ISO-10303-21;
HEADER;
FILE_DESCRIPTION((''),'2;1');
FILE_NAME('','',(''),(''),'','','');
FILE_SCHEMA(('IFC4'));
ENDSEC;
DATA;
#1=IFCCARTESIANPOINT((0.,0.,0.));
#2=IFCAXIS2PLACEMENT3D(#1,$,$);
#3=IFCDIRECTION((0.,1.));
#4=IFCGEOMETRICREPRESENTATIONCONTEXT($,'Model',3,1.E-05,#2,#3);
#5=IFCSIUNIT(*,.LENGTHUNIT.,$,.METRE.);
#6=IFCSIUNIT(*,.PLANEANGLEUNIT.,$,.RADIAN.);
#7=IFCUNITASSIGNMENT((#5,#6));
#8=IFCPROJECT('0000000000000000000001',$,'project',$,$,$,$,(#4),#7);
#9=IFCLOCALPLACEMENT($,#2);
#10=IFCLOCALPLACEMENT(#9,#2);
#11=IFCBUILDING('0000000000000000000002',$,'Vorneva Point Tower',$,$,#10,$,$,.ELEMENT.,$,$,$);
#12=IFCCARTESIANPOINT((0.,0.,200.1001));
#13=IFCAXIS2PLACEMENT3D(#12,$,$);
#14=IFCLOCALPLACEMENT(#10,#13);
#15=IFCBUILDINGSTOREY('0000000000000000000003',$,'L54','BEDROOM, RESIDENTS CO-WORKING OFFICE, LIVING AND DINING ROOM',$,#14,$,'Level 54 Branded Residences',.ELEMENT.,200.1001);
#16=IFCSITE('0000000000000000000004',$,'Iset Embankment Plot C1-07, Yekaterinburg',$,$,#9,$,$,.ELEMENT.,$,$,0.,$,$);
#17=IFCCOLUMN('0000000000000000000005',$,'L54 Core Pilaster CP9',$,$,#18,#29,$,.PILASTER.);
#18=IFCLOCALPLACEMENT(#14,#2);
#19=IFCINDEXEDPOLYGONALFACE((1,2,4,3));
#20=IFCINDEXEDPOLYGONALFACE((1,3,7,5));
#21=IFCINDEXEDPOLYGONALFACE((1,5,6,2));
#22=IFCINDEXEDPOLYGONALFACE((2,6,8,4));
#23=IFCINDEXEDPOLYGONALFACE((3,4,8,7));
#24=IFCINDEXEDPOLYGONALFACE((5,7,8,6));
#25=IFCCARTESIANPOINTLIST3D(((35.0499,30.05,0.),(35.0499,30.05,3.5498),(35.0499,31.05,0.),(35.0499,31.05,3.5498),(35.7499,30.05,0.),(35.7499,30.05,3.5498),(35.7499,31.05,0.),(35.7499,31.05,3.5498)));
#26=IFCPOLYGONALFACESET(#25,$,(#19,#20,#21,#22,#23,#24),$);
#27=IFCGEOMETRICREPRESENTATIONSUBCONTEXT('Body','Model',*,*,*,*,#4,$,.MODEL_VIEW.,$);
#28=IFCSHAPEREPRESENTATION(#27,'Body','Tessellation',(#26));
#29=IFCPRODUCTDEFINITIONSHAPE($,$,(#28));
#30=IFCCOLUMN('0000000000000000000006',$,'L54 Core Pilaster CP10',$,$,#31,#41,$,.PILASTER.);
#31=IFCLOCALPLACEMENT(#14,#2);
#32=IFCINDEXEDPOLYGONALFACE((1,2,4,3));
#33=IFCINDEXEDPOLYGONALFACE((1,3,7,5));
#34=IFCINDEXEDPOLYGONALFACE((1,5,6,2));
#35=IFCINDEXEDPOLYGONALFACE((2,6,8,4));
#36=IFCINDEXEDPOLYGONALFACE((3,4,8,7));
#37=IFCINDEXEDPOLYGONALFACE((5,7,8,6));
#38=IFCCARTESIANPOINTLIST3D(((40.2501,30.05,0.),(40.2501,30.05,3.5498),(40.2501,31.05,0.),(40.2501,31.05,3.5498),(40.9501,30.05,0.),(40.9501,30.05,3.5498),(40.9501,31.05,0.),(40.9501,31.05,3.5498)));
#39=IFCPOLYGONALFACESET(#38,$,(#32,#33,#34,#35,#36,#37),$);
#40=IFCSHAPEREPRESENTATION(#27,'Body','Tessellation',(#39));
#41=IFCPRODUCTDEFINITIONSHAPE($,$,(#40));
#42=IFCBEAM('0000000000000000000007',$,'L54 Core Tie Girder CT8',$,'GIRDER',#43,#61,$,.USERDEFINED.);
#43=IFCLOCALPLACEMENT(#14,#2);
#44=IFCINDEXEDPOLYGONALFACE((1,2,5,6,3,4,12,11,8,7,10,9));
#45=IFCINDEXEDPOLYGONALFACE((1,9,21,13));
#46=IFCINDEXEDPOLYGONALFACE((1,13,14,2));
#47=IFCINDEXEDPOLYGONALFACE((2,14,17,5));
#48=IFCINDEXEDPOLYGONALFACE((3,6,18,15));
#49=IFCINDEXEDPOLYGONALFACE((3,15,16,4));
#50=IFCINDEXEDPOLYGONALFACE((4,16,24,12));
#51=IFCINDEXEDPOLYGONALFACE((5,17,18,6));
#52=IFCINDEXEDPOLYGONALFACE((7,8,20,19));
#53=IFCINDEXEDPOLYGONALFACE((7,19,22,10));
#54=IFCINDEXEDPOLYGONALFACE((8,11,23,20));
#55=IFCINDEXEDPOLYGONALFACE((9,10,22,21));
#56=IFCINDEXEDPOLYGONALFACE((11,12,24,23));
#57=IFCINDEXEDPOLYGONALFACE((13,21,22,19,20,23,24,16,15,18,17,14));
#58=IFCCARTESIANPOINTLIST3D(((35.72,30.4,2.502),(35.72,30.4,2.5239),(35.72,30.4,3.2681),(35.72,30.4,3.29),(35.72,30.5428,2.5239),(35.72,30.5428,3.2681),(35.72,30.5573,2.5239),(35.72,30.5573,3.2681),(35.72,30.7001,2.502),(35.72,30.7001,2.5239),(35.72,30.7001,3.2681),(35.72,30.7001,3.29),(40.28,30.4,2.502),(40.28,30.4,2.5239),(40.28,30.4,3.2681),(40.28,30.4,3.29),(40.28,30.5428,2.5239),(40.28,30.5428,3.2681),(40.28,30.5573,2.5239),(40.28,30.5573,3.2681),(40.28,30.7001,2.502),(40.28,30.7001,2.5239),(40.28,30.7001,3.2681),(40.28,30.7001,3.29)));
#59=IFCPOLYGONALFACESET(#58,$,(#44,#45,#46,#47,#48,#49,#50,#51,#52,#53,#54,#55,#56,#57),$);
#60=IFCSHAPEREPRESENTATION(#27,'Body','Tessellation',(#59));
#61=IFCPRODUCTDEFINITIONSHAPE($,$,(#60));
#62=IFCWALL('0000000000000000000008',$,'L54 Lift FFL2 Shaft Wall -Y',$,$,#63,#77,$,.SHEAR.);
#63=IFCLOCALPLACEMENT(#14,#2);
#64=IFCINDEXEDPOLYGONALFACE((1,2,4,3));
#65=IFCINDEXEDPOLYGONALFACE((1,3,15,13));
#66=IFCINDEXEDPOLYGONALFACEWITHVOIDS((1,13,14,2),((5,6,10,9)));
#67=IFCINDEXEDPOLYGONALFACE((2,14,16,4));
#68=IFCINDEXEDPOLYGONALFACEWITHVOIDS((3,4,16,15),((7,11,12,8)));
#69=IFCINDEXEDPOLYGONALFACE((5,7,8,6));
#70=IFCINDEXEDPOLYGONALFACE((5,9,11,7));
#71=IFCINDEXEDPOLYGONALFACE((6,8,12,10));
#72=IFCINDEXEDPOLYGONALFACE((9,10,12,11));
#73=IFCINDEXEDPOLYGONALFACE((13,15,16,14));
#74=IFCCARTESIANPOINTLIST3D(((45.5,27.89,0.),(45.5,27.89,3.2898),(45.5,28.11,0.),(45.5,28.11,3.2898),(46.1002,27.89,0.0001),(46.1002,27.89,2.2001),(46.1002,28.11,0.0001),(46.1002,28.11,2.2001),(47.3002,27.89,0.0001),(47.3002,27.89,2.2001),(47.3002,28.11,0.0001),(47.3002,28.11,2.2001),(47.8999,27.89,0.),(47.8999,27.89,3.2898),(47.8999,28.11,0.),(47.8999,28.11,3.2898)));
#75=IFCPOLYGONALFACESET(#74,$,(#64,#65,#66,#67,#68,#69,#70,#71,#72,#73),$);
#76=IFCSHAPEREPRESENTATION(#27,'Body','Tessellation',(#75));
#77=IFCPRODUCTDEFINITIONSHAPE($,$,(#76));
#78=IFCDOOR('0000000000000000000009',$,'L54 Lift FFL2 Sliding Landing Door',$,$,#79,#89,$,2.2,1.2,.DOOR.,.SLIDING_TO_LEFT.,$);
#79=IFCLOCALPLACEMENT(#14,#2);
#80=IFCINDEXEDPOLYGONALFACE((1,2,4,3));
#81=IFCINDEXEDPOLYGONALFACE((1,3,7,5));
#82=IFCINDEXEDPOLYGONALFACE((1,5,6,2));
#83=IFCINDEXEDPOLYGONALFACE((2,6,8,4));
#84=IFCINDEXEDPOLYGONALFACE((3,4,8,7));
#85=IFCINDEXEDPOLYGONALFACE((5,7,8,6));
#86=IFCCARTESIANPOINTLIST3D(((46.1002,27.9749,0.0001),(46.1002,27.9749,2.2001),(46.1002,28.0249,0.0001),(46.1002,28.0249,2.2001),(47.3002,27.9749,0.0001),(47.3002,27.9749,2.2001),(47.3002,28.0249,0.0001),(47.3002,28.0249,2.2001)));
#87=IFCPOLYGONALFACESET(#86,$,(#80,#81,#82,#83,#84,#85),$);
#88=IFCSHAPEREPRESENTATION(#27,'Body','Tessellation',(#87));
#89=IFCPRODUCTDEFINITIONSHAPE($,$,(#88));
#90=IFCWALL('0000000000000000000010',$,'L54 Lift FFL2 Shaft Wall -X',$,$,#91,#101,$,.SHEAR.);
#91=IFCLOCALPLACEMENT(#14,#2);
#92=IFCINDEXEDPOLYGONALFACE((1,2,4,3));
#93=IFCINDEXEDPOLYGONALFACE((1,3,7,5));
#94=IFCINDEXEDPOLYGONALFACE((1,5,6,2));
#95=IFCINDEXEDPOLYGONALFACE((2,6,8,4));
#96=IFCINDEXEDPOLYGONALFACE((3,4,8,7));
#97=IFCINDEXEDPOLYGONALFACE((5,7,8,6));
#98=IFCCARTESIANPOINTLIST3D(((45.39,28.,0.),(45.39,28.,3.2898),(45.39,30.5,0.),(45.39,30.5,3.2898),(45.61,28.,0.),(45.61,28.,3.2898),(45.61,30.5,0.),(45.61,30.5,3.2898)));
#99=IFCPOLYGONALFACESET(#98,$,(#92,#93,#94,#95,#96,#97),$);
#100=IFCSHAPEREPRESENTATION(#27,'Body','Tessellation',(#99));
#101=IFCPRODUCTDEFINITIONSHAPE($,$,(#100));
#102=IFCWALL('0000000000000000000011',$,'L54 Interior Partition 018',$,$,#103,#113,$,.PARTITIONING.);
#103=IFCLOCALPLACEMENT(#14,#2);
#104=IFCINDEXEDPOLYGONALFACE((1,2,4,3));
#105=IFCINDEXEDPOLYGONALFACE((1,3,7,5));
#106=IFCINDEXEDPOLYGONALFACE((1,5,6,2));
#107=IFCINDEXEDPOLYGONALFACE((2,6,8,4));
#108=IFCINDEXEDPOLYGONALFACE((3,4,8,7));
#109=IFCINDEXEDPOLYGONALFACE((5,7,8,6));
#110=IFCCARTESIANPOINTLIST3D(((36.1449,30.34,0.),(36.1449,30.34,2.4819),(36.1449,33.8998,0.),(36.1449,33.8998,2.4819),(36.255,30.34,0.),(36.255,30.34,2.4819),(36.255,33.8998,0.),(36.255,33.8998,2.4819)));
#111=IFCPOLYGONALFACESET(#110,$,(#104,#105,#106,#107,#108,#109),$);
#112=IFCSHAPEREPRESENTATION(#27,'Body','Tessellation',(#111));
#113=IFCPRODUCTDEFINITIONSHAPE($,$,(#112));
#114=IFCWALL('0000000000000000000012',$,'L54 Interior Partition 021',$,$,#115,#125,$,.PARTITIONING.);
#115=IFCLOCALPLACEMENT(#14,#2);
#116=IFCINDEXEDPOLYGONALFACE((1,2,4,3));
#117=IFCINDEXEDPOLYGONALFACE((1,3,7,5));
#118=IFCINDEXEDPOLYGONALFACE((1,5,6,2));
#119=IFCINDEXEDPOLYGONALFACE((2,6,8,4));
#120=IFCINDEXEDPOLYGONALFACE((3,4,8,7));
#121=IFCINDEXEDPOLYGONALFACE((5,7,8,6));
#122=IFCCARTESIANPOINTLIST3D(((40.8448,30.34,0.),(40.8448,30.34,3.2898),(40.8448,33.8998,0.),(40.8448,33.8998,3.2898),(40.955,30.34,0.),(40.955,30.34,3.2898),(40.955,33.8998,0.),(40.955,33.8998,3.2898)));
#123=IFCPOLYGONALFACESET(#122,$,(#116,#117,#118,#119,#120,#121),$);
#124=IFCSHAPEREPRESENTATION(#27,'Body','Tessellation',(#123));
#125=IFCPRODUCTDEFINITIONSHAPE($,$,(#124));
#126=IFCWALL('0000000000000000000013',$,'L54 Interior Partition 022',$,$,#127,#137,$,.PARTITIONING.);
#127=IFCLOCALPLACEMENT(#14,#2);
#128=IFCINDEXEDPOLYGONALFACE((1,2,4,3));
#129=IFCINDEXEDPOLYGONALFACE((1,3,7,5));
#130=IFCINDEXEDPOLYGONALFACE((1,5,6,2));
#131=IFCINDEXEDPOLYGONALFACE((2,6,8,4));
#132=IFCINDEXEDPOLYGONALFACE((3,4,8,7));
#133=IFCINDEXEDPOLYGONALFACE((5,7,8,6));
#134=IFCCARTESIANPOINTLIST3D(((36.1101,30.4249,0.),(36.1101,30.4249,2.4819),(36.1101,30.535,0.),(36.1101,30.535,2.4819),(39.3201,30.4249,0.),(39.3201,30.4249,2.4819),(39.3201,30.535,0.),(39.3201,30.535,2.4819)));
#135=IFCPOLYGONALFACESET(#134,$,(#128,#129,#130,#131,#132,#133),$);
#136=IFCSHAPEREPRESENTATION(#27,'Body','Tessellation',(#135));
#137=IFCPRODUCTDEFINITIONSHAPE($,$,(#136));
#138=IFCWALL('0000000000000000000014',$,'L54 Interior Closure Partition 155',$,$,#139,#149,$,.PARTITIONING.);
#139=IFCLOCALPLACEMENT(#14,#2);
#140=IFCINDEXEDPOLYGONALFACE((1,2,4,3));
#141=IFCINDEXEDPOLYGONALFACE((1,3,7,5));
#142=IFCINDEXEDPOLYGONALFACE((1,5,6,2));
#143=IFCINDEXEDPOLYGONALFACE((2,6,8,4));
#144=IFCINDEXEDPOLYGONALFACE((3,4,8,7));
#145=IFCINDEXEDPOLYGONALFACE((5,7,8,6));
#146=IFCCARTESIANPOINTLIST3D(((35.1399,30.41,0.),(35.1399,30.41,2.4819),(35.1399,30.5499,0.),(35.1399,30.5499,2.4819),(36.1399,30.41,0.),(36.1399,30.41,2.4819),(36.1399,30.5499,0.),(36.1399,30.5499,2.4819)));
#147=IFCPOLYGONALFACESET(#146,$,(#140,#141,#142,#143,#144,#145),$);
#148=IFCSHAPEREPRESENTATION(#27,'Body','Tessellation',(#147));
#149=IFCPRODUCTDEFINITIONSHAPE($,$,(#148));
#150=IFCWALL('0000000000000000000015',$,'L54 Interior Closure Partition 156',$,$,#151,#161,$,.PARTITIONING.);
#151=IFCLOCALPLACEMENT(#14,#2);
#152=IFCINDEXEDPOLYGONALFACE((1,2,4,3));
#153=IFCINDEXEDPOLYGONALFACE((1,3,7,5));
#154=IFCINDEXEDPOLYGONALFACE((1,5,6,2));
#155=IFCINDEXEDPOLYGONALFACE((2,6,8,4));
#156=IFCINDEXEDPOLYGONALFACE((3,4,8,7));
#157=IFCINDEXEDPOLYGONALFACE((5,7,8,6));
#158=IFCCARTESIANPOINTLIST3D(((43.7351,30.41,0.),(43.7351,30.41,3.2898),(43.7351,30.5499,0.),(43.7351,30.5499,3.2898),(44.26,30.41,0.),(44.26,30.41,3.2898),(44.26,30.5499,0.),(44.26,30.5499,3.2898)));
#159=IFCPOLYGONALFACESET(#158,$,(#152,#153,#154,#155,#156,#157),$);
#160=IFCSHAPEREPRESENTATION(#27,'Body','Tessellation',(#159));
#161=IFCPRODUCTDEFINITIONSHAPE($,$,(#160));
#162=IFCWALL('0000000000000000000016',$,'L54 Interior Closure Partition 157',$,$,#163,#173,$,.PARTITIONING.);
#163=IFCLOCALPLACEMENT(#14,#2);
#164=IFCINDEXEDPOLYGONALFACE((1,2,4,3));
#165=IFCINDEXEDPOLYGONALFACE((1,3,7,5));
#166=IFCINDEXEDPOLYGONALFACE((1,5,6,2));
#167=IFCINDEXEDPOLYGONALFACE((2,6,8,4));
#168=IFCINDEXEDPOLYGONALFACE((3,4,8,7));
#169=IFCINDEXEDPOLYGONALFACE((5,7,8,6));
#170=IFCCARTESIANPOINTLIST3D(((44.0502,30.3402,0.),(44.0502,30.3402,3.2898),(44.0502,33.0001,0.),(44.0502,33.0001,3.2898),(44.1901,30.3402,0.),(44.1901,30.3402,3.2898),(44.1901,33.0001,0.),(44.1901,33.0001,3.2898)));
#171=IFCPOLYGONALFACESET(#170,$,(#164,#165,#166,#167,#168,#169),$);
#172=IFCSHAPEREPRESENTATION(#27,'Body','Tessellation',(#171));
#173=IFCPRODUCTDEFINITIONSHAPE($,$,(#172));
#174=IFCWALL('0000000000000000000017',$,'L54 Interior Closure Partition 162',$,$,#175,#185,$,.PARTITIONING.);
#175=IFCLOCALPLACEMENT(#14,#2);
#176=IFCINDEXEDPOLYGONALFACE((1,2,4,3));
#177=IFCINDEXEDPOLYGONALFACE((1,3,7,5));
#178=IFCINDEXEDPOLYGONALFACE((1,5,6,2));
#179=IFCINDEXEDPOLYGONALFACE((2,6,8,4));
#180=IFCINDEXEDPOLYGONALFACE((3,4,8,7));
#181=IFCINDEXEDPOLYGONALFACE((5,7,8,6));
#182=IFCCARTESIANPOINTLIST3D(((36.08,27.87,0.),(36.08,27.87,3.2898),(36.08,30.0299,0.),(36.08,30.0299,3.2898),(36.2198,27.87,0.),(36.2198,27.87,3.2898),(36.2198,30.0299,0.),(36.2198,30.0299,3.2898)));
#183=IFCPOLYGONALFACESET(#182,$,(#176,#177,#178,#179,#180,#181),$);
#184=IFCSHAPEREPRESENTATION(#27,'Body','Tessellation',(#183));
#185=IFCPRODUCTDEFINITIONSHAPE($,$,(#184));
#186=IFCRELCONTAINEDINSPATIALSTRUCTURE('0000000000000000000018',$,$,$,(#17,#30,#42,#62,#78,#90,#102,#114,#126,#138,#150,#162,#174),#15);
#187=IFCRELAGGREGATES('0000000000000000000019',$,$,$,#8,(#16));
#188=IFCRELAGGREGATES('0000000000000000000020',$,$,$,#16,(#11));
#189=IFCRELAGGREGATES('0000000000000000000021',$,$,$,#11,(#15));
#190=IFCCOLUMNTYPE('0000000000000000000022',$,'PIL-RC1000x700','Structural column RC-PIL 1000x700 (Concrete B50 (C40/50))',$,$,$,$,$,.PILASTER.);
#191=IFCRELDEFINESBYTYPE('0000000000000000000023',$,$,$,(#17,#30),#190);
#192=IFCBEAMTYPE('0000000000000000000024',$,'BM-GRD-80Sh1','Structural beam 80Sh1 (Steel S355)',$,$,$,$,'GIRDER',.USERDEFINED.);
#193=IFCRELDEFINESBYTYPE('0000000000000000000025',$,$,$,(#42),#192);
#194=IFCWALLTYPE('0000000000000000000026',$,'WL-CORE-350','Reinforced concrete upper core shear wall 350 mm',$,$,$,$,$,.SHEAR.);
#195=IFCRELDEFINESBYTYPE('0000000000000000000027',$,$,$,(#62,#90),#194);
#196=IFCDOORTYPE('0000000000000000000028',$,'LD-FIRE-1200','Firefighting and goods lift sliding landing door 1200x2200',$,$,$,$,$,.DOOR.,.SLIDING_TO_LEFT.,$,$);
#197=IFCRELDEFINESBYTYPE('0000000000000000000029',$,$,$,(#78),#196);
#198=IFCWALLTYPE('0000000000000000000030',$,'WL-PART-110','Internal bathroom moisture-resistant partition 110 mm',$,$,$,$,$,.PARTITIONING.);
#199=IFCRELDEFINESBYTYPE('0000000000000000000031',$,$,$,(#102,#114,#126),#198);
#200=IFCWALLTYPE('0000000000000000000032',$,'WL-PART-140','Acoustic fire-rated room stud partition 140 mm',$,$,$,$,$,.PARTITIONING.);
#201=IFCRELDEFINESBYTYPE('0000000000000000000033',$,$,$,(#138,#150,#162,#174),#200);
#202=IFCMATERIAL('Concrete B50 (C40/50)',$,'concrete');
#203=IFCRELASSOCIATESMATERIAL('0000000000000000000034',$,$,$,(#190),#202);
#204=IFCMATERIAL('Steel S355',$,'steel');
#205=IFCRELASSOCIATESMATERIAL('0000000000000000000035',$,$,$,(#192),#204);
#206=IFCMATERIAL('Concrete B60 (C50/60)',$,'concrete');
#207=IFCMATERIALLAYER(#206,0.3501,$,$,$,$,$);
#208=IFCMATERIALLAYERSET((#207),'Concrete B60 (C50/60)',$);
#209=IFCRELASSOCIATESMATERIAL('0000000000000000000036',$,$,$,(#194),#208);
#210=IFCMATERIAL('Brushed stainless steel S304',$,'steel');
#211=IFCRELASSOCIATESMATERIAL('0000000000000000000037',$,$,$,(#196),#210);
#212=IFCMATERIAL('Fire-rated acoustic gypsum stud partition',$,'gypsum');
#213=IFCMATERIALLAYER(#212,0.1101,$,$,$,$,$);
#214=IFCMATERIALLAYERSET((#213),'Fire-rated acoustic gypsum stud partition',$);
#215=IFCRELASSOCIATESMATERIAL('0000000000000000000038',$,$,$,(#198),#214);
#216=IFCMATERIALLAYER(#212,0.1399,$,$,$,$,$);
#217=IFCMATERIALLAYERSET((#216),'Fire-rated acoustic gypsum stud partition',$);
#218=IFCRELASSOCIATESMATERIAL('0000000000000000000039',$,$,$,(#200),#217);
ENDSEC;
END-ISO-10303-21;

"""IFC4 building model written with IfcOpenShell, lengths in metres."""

from ifc_helpers import new_model, si_unit, direction, frame, frame_2d, origin, origin_2d, place, context, subcontext, project, spatial, rectangle, i_section, extrude, material, layer, layer_set, material_profile, profile_set, type_object, element, fill, save


model = new_model("IFC4")

# Units and contexts
model_context = context("Model", 3, precision=1e-05, world=origin(), true_north=direction((0.0, 1.0)))
body_context = subcontext(model_context, "Body", "Model", "MODEL_VIEW")
ifc_project = project(units=[si_unit("LENGTHUNIT", "METRE"), si_unit("PLANEANGLEUNIT", "RADIAN")], contexts=[model_context])

# Site, building, storey
site_placement = place(None, origin())
site = spatial("IfcSite", under=ifc_project, at=site_placement, Name="Iset Embankment Plot C1-07, Yekaterinburg", CompositionType="ELEMENT", RefElevation=0.0)
building_placement = place(site_placement, origin())
building = spatial("IfcBuilding", under=site, at=building_placement, Name="Vorneva Point Tower", CompositionType="ELEMENT")
storey_placement = place(building_placement, frame((0.0, 0.0, 200.1001)))
storey = spatial("IfcBuildingStorey", under=building, at=storey_placement, Name="L54", Description="BEDROOM, RESIDENTS CO-WORKING OFFICE, LIVING AND DINING ROOM", LongName="Level 54 Branded Residences", CompositionType="ELEMENT", Elevation=200.1001)

# Columns
ifc_material_1 = material(Name="Concrete B50 (C40/50)", Category="concrete")
ifc_material_profile_1 = material_profile(ifc_material_1, rectangle(XDim=0.7, YDim=1.0, at=origin_2d()), Name="RC-PIL 1000x700")
ifc_profile_set_1 = profile_set([ifc_material_profile_1], Name="Concrete B50 (C40/50)")
column_type = type_object("IfcColumnType", Name="PIL-RC1000x700", Description="Structural column RC-PIL 1000x700 (Concrete B50 (C40/50))", PredefinedType="PILASTER", material=ifc_profile_set_1)
for number, where, z_axis, x_axis, name in (
    (1, (35.3999, 30.55, 0.0), (0.0, 0.0, 1.0), (1.0, 0.0, 0.0), "L54 Core Pilaster CP9"),
    (2, (40.6001, 30.55, 0.0), (0.0, 0.0, 1.0), (1.0, 0.0, 0.0), "L54 Core Pilaster CP10"),
):
    element("IfcColumn", number, at=place(storey_placement, frame(where, z_axis=z_axis, x_axis=x_axis)), inside=storey, type_object=column_type, Name=name, PredefinedType="PILASTER", context=body_context, shape_type="SweptSolid", body=[
        extrude(rectangle(XDim=0.7, YDim=1.0, at=origin_2d()), origin(), (0.0, 0.0, 1.0), 3.5498),
    ])

# Beam
ifc_material_2 = material(Name="Steel S355", Category="steel")
ifc_material_profile_2 = material_profile(ifc_material_2, i_section(OverallWidth=0.3, OverallDepth=0.7881, WebThickness=0.0144, FlangeThickness=0.022, at=origin_2d()), Name="80Sh1")
ifc_profile_set_2 = profile_set([ifc_material_profile_2], Name="Steel S355")
beam_type = type_object("IfcBeamType", Name="BM-GRD-80Sh1", Description="Structural beam 80Sh1 (Steel S355)", ElementType="GIRDER", PredefinedType="USERDEFINED", material=ifc_profile_set_2)
beam_placement = place(storey_placement, frame((35.72, 30.55, 2.896), z_axis=(1.0, 0.0, 0.0), x_axis=(0.0, 1.0, 0.0)))
element("IfcBeam", 3, at=beam_placement, inside=storey, type_object=beam_type, Name="L54 Core Tie Girder CT8", ObjectType="GIRDER", PredefinedType="USERDEFINED", context=body_context, shape_type="SweptSolid", body=[
    extrude(i_section(OverallWidth=0.3, OverallDepth=0.7881, WebThickness=0.0144, FlangeThickness=0.022, at=origin_2d()), origin(), (0.0, 0.0, 1.0), 4.5601),
])

# Wall, opening, door
ifc_material_3 = material(Name="Concrete B60 (C50/60)", Category="concrete")
ifc_layer_1 = layer(ifc_material_3, 0.3501)
ifc_layer_set_1 = layer_set([ifc_layer_1], Name="Concrete B60 (C50/60)")
wall_type_1 = type_object("IfcWallType", Name="WL-CORE-350", Description="Reinforced concrete upper core shear wall 350 mm", PredefinedType="SHEAR", material=ifc_layer_set_1)
wall_1_placement = place(storey_placement, frame((45.5, 28.0, 0.0), z_axis=(0.0, 0.0, 1.0), x_axis=(1.0, 0.0, 0.0)))
wall_1 = element("IfcWall", 4, at=wall_1_placement, inside=storey, type_object=wall_type_1, Name="L54 Lift FFL2 Shaft Wall -Y", PredefinedType="SHEAR", context=body_context, shape_type="SweptSolid", body=[
    extrude(rectangle(XDim=2.3999, YDim=0.22, at=frame_2d((1.2, 0.0))), origin(), (0.0, 0.0, 1.0), 3.2898),
])
opening_1_placement = place(wall_1_placement, frame((0.6001, 0.0, 0.0)))
opening_1 = element("IfcOpeningElement", 5, at=opening_1_placement, cuts=wall_1, PredefinedType="OPENING", context=body_context, shape_type="SweptSolid", body=[
    extrude(rectangle(XDim=1.2, YDim=2.2, at=frame_2d((0.6001, 1.1001))), frame((0.0, 0.125, 0.0), z_axis=(0.0, -1.0, 0.0), x_axis=(1.0, 0.0, 0.0)), (0.0, 0.0, 1.0), 0.2498),
])
ifc_material_4 = material(Name="Brushed stainless steel S304", Category="steel")
door_type_1 = type_object("IfcDoorType", Name="LD-FIRE-1200", Description="Firefighting and goods lift sliding landing door 1200x2200", OperationType="SLIDING_TO_LEFT", PredefinedType="DOOR", material=ifc_material_4)
door_1_placement = place(opening_1_placement, origin())
door_1 = element("IfcDoor", 6, at=door_1_placement, inside=storey, type_object=door_type_1, Name="L54 Lift FFL2 Sliding Landing Door", OperationType="SLIDING_TO_LEFT", OverallHeight=2.2, OverallWidth=1.2, PredefinedType="DOOR", context=body_context, shape_type="SweptSolid", body=[
    extrude(rectangle(XDim=1.2, YDim=2.2, at=frame_2d((0.6001, 1.1001))), frame((0.0, 0.0249, 0.0), z_axis=(0.0, -1.0, 0.0), x_axis=(1.0, 0.0, 0.0)), (0.0, 0.0, 1.0), 0.05),
])
fill(opening_1, door_1)

# Walls
wall_2_placement = place(storey_placement, frame((45.5, 30.5, 0.0), z_axis=(0.0, 0.0, 1.0), x_axis=(0.0, -1.0, 0.0)))
element("IfcWall", 7, at=wall_2_placement, inside=storey, type_object=wall_type_1, Name="L54 Lift FFL2 Shaft Wall -X", PredefinedType="SHEAR", context=body_context, shape_type="SweptSolid", body=[
    extrude(rectangle(XDim=2.5, YDim=0.22, at=frame_2d((1.25, 0.0))), origin(), (0.0, 0.0, 1.0), 3.2898),
])
ifc_material_5 = material(Name="Fire-rated acoustic gypsum stud partition", Category="gypsum")
ifc_layer_2 = layer(ifc_material_5, 0.1101)
ifc_layer_set_2 = layer_set([ifc_layer_2], Name="Fire-rated acoustic gypsum stud partition")
wall_type_2 = type_object("IfcWallType", Name="WL-PART-110", Description="Internal bathroom moisture-resistant partition 110 mm", PredefinedType="PARTITIONING", material=ifc_layer_set_2)
wall_3_placement = place(storey_placement, frame((36.2, 30.3401, 0.0), z_axis=(0.0, 0.0, 1.0), x_axis=(0.0, 1.0, 0.0)))
element("IfcWall", 8, at=wall_3_placement, inside=storey, type_object=wall_type_2, Name="L54 Interior Partition 018", PredefinedType="PARTITIONING", context=body_context, shape_type="SweptSolid", body=[
    extrude(rectangle(XDim=3.5598, YDim=0.1101, at=frame_2d((1.7798, 0.0))), origin(), (0.0, 0.0, 1.0), 2.4819),
])
wall_4_placement = place(storey_placement, frame((40.8999, 30.3401, 0.0), z_axis=(0.0, 0.0, 1.0), x_axis=(0.0, 1.0, 0.0)))
element("IfcWall", 9, at=wall_4_placement, inside=storey, type_object=wall_type_2, Name="L54 Interior Partition 021", PredefinedType="PARTITIONING", context=body_context, shape_type="SweptSolid", body=[
    extrude(rectangle(XDim=3.5598, YDim=0.1101, at=frame_2d((1.7798, 0.0))), origin(), (0.0, 0.0, 1.0), 3.2898),
])
wall_5_placement = place(storey_placement, frame((36.1101, 30.48, 0.0), z_axis=(0.0, 0.0, 1.0), x_axis=(1.0, 0.0, 0.0)))
element("IfcWall", 10, at=wall_5_placement, inside=storey, type_object=wall_type_2, Name="L54 Interior Partition 022", PredefinedType="PARTITIONING", context=body_context, shape_type="SweptSolid", body=[
    extrude(rectangle(XDim=3.21, YDim=0.1101, at=frame_2d((1.605, 0.0))), origin(), (0.0, 0.0, 1.0), 2.4819),
])
ifc_layer_3 = layer(ifc_material_5, 0.1399)
ifc_layer_set_3 = layer_set([ifc_layer_3], Name="Fire-rated acoustic gypsum stud partition")
wall_type_3 = type_object("IfcWallType", Name="WL-PART-140", Description="Acoustic fire-rated room stud partition 140 mm", PredefinedType="PARTITIONING", material=ifc_layer_set_3)
wall_6_placement = place(storey_placement, frame((35.1399, 30.48, 0.0), z_axis=(0.0, 0.0, 1.0), x_axis=(1.0, 0.0, 0.0)))
element("IfcWall", 11, at=wall_6_placement, inside=storey, type_object=wall_type_3, Name="L54 Interior Closure Partition 155", PredefinedType="PARTITIONING", context=body_context, shape_type="SweptSolid", body=[
    extrude(rectangle(XDim=1.0, YDim=0.1399, at=frame_2d((0.5, 0.0))), origin(), (0.0, 0.0, 1.0), 2.4819),
])
wall_7_placement = place(storey_placement, frame((43.7351, 30.48, 0.0), z_axis=(0.0, 0.0, 1.0), x_axis=(1.0, 0.0, 0.0)))
element("IfcWall", 12, at=wall_7_placement, inside=storey, type_object=wall_type_3, Name="L54 Interior Closure Partition 156", PredefinedType="PARTITIONING", context=body_context, shape_type="SweptSolid", body=[
    extrude(rectangle(XDim=0.5249, YDim=0.1399, at=frame_2d((0.2625, 0.0))), origin(), (0.0, 0.0, 1.0), 3.2898),
])
wall_8_placement = place(storey_placement, frame((44.1201, 30.3401, 0.0), z_axis=(0.0, 0.0, 1.0), x_axis=(0.0, 1.0, 0.0)))
element("IfcWall", 13, at=wall_8_placement, inside=storey, type_object=wall_type_3, Name="L54 Interior Closure Partition 157", PredefinedType="PARTITIONING", context=body_context, shape_type="SweptSolid", body=[
    extrude(rectangle(XDim=2.6599, YDim=0.1399, at=frame_2d((1.3301, 0.0))), origin(), (0.0, 0.0, 1.0), 3.2898),
])
wall_9_placement = place(storey_placement, frame((36.1499, 30.03, 0.0), z_axis=(0.0, 0.0, 1.0), x_axis=(0.0, -1.0, 0.0)))
element("IfcWall", 14, at=wall_9_placement, inside=storey, type_object=wall_type_3, Name="L54 Interior Closure Partition 162", PredefinedType="PARTITIONING", context=body_context, shape_type="SweptSolid", body=[
    extrude(rectangle(XDim=2.1599, YDim=0.1399, at=frame_2d((1.0801, 0.0))), origin(), (0.0, 0.0, 1.0), 3.2898),
])

save(model, "model.ifc")
